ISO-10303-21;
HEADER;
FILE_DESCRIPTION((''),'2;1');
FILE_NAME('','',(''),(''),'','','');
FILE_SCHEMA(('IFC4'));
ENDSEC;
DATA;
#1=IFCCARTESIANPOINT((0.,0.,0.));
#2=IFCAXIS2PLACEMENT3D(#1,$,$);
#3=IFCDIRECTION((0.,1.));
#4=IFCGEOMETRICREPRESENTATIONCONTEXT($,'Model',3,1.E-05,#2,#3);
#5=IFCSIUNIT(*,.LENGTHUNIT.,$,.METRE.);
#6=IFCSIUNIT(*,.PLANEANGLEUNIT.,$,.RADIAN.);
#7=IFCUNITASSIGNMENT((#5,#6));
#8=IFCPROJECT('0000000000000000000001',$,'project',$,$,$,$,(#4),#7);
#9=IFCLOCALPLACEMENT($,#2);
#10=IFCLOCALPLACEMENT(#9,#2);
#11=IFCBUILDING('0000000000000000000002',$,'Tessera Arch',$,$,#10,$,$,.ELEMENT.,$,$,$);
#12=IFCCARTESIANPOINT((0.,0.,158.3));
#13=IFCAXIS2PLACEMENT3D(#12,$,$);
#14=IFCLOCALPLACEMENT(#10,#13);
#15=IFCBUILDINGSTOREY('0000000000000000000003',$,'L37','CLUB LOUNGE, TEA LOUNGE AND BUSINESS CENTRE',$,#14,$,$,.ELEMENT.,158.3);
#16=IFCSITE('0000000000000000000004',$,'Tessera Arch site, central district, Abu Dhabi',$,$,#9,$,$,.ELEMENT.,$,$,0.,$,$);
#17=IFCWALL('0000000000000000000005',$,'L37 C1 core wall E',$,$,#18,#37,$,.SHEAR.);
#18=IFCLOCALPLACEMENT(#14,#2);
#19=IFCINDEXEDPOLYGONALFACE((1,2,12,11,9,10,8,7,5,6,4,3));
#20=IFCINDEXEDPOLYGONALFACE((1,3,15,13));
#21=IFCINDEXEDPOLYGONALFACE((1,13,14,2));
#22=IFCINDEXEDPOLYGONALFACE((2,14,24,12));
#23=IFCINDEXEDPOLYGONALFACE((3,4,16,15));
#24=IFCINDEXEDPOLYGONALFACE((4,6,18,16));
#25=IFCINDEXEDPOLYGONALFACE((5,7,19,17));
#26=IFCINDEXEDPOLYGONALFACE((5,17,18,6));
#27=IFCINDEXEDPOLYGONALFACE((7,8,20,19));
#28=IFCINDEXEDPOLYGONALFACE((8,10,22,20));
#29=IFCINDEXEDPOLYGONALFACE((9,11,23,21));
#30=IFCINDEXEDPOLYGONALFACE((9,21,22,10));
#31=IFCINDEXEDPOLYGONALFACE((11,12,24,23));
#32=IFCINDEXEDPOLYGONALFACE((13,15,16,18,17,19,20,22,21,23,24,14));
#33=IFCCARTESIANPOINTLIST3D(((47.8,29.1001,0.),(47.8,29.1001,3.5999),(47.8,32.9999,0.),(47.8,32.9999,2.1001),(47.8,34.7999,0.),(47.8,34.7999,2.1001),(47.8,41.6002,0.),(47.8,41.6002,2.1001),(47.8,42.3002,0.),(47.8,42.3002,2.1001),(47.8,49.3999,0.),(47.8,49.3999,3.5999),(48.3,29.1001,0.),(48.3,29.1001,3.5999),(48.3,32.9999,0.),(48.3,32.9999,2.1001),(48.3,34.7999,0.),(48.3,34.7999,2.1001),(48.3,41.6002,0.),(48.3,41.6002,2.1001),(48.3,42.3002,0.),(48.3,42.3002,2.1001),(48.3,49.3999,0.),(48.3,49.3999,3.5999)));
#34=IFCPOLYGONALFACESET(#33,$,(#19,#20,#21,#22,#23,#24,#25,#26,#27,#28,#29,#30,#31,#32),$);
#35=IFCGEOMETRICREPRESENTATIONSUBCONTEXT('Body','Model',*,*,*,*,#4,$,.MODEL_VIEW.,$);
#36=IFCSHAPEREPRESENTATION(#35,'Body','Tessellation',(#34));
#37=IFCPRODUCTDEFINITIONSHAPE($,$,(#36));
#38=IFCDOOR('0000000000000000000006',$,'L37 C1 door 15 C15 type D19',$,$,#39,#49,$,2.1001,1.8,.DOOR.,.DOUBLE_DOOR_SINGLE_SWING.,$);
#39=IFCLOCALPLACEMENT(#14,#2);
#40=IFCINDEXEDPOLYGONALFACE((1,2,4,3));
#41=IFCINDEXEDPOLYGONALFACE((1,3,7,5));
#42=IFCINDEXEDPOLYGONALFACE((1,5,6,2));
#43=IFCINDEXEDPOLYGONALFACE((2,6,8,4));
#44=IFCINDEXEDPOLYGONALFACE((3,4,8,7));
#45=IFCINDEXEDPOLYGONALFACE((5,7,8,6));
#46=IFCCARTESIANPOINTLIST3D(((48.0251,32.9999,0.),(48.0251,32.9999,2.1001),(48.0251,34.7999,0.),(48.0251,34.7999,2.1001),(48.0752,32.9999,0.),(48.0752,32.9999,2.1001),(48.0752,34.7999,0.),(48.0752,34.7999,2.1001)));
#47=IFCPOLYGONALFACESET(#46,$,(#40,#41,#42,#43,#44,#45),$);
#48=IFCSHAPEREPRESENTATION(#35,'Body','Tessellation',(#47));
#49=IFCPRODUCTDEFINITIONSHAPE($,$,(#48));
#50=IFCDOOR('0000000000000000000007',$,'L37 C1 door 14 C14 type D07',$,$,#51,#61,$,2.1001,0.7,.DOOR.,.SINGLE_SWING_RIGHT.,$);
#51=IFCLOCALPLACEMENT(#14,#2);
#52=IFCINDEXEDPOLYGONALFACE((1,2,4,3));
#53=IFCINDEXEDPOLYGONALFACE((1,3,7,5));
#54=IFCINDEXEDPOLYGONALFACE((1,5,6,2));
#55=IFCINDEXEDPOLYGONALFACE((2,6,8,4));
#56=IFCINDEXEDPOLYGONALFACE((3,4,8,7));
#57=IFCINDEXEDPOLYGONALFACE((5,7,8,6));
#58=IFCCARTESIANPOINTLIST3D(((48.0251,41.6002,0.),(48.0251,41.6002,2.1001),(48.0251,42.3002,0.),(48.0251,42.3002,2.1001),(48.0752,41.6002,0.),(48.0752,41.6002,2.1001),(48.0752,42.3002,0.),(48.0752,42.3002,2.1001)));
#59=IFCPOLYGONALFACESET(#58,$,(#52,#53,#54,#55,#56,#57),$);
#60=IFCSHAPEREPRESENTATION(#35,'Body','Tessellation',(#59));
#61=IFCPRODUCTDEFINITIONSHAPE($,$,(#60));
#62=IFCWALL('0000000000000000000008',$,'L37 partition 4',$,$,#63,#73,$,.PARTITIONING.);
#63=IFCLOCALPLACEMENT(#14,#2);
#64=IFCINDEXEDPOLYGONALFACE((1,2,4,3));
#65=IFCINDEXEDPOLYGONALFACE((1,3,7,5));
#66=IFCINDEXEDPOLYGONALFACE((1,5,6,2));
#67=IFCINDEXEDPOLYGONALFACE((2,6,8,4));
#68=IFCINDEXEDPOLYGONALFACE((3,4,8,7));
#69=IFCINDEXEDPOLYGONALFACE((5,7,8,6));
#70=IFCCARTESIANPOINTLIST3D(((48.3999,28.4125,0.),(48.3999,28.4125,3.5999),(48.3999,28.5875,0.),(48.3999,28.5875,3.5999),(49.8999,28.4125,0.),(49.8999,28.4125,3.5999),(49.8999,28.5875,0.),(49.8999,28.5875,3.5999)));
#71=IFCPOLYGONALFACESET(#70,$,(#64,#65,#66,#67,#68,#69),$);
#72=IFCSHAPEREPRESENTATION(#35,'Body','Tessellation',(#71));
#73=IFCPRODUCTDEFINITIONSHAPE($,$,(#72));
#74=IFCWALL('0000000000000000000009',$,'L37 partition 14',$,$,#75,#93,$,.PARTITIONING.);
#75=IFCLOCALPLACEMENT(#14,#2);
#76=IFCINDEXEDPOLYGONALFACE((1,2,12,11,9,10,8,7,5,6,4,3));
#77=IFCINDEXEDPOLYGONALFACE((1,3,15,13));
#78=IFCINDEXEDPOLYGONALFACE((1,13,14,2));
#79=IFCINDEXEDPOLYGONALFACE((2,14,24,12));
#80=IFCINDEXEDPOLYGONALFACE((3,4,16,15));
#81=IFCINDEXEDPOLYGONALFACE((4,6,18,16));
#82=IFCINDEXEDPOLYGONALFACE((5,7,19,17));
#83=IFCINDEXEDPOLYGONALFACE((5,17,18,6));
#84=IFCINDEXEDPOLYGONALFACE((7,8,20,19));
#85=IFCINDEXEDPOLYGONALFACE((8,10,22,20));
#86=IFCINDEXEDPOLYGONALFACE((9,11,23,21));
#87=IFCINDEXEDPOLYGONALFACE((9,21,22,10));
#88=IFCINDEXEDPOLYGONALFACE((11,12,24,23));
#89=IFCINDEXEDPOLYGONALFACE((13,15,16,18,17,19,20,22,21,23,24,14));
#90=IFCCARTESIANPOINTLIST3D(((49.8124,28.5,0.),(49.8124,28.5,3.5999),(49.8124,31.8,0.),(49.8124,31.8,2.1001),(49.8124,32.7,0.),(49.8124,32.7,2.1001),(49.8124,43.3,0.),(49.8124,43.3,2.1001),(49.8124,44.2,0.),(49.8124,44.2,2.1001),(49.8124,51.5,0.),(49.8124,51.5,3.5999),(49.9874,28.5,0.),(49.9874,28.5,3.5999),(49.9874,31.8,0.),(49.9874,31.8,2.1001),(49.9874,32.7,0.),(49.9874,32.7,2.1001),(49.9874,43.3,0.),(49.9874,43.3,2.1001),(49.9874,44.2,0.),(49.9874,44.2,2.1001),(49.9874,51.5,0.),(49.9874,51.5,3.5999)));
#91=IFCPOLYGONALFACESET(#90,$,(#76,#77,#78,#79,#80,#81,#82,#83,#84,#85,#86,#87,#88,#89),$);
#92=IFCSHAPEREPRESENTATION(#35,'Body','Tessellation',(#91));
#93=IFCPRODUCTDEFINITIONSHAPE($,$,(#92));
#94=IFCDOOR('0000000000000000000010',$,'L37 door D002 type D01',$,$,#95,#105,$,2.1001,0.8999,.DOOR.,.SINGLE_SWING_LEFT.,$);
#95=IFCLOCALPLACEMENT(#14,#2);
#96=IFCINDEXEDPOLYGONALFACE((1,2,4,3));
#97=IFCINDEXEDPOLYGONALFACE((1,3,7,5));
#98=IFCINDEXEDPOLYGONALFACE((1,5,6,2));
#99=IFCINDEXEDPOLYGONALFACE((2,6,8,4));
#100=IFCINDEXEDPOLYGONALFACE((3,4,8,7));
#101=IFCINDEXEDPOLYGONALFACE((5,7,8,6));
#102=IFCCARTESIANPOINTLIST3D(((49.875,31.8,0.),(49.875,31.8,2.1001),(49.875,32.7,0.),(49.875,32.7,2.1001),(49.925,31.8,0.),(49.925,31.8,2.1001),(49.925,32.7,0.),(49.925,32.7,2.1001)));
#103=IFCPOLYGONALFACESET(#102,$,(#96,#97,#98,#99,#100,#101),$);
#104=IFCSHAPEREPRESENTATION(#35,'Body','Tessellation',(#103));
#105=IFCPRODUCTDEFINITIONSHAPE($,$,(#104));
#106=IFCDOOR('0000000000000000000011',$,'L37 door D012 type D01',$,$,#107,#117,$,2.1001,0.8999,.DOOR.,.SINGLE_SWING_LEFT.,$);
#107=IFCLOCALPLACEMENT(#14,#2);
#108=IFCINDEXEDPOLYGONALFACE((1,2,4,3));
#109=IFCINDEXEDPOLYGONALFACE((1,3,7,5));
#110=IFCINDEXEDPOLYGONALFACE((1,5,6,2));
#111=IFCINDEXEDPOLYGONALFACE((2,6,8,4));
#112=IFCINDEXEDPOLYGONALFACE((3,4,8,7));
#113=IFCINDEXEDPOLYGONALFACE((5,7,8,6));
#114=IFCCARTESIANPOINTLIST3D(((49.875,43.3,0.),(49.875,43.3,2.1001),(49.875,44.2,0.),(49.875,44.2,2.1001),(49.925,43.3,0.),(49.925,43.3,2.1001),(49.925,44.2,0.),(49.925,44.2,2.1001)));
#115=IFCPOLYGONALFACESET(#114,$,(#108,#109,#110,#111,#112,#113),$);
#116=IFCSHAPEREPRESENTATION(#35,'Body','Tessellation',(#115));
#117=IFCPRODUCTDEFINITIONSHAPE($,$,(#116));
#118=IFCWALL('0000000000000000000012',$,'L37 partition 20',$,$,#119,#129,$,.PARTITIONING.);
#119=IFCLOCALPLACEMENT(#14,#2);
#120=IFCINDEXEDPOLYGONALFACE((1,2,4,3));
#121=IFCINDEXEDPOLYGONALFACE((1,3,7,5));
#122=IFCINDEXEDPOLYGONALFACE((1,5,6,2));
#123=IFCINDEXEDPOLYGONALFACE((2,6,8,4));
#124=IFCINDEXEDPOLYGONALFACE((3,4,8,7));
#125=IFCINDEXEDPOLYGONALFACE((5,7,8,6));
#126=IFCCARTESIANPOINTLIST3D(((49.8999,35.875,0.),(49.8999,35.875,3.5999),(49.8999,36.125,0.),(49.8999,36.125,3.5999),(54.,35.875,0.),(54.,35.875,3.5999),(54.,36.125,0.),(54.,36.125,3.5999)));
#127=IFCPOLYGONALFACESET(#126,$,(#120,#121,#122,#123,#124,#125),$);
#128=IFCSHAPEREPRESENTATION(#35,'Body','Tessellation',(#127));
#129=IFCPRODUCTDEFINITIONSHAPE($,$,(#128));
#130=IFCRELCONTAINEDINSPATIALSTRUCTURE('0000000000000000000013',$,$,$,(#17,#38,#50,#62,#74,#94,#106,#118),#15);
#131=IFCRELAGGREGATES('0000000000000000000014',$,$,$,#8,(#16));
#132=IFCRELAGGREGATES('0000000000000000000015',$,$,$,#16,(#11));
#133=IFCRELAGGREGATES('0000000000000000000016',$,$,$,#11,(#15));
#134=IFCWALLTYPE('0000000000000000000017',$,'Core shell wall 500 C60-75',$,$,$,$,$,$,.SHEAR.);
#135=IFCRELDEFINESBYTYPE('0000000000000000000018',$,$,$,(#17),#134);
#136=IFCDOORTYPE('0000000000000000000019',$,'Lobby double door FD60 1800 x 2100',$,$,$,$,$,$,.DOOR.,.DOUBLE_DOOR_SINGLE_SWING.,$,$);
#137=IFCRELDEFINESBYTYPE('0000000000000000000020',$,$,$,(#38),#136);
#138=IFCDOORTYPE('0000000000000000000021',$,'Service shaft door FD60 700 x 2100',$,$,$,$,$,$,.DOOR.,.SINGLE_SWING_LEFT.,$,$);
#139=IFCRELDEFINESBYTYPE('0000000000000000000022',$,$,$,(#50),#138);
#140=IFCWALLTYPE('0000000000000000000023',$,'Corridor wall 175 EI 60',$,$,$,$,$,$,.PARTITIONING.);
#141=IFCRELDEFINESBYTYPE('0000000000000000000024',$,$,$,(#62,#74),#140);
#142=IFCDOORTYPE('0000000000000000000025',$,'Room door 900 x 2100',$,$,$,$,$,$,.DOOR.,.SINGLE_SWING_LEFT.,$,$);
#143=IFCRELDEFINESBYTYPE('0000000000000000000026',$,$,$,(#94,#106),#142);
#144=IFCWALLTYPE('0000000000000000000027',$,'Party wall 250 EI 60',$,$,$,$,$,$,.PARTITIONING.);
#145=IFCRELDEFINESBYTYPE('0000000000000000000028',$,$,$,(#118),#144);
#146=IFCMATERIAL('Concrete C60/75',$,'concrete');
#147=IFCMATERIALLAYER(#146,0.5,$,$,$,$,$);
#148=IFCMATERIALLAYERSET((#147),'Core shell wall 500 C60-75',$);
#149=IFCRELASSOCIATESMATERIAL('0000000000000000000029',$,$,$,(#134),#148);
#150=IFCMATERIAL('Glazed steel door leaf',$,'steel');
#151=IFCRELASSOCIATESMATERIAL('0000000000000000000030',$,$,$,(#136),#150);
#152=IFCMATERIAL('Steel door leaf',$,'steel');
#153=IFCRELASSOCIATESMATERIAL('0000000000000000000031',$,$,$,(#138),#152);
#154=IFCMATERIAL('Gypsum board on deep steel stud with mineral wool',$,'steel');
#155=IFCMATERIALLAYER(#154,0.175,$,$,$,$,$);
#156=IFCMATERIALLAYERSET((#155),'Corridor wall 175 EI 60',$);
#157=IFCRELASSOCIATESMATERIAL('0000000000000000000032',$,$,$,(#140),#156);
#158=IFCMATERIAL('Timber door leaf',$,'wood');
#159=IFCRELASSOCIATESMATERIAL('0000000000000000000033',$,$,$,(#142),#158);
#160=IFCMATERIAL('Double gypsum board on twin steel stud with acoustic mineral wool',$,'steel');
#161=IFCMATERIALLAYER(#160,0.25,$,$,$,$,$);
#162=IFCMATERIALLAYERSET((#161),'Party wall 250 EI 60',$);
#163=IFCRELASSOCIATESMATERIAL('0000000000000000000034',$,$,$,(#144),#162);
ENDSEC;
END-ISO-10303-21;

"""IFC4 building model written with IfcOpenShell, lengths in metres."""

from ifc_helpers import new_model, si_unit, direction, frame, frame_2d, origin, place, context, subcontext, project, spatial, rectangle, extrude, material, layer, layer_set, type_object, element, fill, save


model = new_model("IFC4")

# Units and contexts
model_context = context("Model", 3, precision=1e-05, world=origin(), true_north=direction((0.0, 1.0)))
body_context = subcontext(model_context, "Body", "Model", "MODEL_VIEW")
ifc_project = project(units=[si_unit("LENGTHUNIT", "METRE"), si_unit("PLANEANGLEUNIT", "RADIAN")], contexts=[model_context])

# Site, building, storey
site_placement = place(None, origin())
site = spatial("IfcSite", under=ifc_project, at=site_placement, Name="Tessera Arch site, central district, Abu Dhabi", CompositionType="ELEMENT", RefElevation=0.0)
building_placement = place(site_placement, origin())
building = spatial("IfcBuilding", under=site, at=building_placement, Name="Tessera Arch", CompositionType="ELEMENT")
storey_placement = place(building_placement, frame((0.0, 0.0, 158.3)))
storey = spatial("IfcBuildingStorey", under=building, at=storey_placement, Name="L37", Description="CLUB LOUNGE, TEA LOUNGE AND BUSINESS CENTRE", CompositionType="ELEMENT", Elevation=158.3)

# Wall, openings, doors
ifc_material_1 = material(Name="Concrete C60/75", Category="concrete")
ifc_layer_1 = layer(ifc_material_1, 0.5)
ifc_layer_set_1 = layer_set([ifc_layer_1], Name="Core shell wall 500 C60-75")
wall_type_1 = type_object("IfcWallType", Name="Core shell wall 500 C60-75", PredefinedType="SHEAR", material=ifc_layer_set_1)
wall_1_placement = place(storey_placement, frame((48.05, 29.1001, 0.0), z_axis=(0.0, 0.0, 1.0), x_axis=(0.0, 1.0, 0.0)))
wall_1 = element("IfcWall", 1, at=wall_1_placement, inside=storey, type_object=wall_type_1, Name="L37 C1 core wall E", PredefinedType="SHEAR", context=body_context, shape_type="SweptSolid", body=[
    extrude(rectangle(XDim=20.2998, YDim=0.5, at=frame_2d((10.1499, 0.0))), origin(), (0.0, 0.0, 1.0), 3.5999),
])
opening_1_placement = place(wall_1_placement, frame((12.5, 0.0, 0.0)))
opening_1 = element("IfcOpeningElement", 2, at=opening_1_placement, cuts=wall_1, PredefinedType="OPENING", context=body_context, shape_type="SweptSolid", body=[
    extrude(rectangle(XDim=0.7, YDim=2.1001, at=frame_2d((0.3501, 1.05))), frame((0.0, 0.26, 0.0), z_axis=(0.0, -1.0, 0.0), x_axis=(1.0, 0.0, 0.0)), (0.0, 0.0, 1.0), 0.52),
])
opening_2_placement = place(wall_1_placement, frame((3.8999, 0.0, 0.0)))
opening_2 = element("IfcOpeningElement", 3, at=opening_2_placement, cuts=wall_1, PredefinedType="OPENING", context=body_context, shape_type="SweptSolid", body=[
    extrude(rectangle(XDim=1.8, YDim=2.1001, at=frame_2d((0.8999, 1.05))), frame((0.0, 0.26, 0.0), z_axis=(0.0, -1.0, 0.0), x_axis=(1.0, 0.0, 0.0)), (0.0, 0.0, 1.0), 0.52),
])
ifc_material_2 = material(Name="Glazed steel door leaf", Category="steel")
door_type_1 = type_object("IfcDoorType", Name="Lobby double door FD60 1800 x 2100", OperationType="DOUBLE_DOOR_SINGLE_SWING", PredefinedType="DOOR", material=ifc_material_2)
door_1_placement = place(opening_2_placement, origin())
door_1 = element("IfcDoor", 4, at=door_1_placement, inside=storey, type_object=door_type_1, Name="L37 C1 door 15 C15 type D19", OperationType="DOUBLE_DOOR_SINGLE_SWING", OverallHeight=2.1001, OverallWidth=1.8, PredefinedType="DOOR", context=body_context, shape_type="SweptSolid", body=[
    extrude(rectangle(XDim=1.8, YDim=2.1001, at=frame_2d((0.8999, 1.05))), frame((0.0, 0.0249, 0.0), z_axis=(0.0, -1.0, 0.0), x_axis=(1.0, 0.0, 0.0)), (0.0, 0.0, 1.0), 0.05),
])
fill(opening_2, door_1)
ifc_material_3 = material(Name="Steel door leaf", Category="steel")
door_type_2 = type_object("IfcDoorType", Name="Service shaft door FD60 700 x 2100", OperationType="SINGLE_SWING_LEFT", PredefinedType="DOOR", material=ifc_material_3)
door_2_placement = place(opening_1_placement, origin())
door_2 = element("IfcDoor", 5, at=door_2_placement, inside=storey, type_object=door_type_2, Name="L37 C1 door 14 C14 type D07", OperationType="SINGLE_SWING_RIGHT", OverallHeight=2.1001, OverallWidth=0.7, PredefinedType="DOOR", context=body_context, shape_type="SweptSolid", body=[
    extrude(rectangle(XDim=0.7, YDim=2.1001, at=frame_2d((0.3501, 1.05))), frame((0.0, 0.0249, 0.0), z_axis=(0.0, -1.0, 0.0), x_axis=(1.0, 0.0, 0.0)), (0.0, 0.0, 1.0), 0.05),
])
fill(opening_1, door_2)

# Wall
ifc_material_4 = material(Name="Gypsum board on deep steel stud with mineral wool", Category="steel")
ifc_layer_2 = layer(ifc_material_4, 0.175)
ifc_layer_set_2 = layer_set([ifc_layer_2], Name="Corridor wall 175 EI 60")
wall_type_2 = type_object("IfcWallType", Name="Corridor wall 175 EI 60", PredefinedType="PARTITIONING", material=ifc_layer_set_2)
wall_2_placement = place(storey_placement, frame((48.3999, 28.5, 0.0), z_axis=(0.0, 0.0, 1.0), x_axis=(1.0, 0.0, 0.0)))
element("IfcWall", 6, at=wall_2_placement, inside=storey, type_object=wall_type_2, Name="L37 partition 4", PredefinedType="PARTITIONING", context=body_context, shape_type="SweptSolid", body=[
    extrude(rectangle(XDim=1.5, YDim=0.175, at=frame_2d((0.75, 0.0))), origin(), (0.0, 0.0, 1.0), 3.5999),
])

# Wall, openings, doors
wall_3_placement = place(storey_placement, frame((49.8999, 28.5, 0.0), z_axis=(0.0, 0.0, 1.0), x_axis=(0.0, 1.0, 0.0)))
wall_3 = element("IfcWall", 7, at=wall_3_placement, inside=storey, type_object=wall_type_2, Name="L37 partition 14", PredefinedType="PARTITIONING", context=body_context, shape_type="SweptSolid", body=[
    extrude(rectangle(XDim=23.0, YDim=0.175, at=frame_2d((11.5, 0.0))), origin(), (0.0, 0.0, 1.0), 3.5999),
])
opening_3_placement = place(wall_3_placement, frame((3.3, 0.0, 0.0)))
opening_3 = element("IfcOpeningElement", 8, at=opening_3_placement, cuts=wall_3, PredefinedType="OPENING", context=body_context, shape_type="SweptSolid", body=[
    extrude(rectangle(XDim=0.8999, YDim=2.1001, at=frame_2d((0.45, 1.05))), frame((0.0, 0.0974, 0.0), z_axis=(0.0, -1.0, 0.0), x_axis=(1.0, 0.0, 0.0)), (0.0, 0.0, 1.0), 0.1951),
])
opening_4_placement = place(wall_3_placement, frame((14.8, 0.0, 0.0)))
opening_4 = element("IfcOpeningElement", 9, at=opening_4_placement, cuts=wall_3, PredefinedType="OPENING", context=body_context, shape_type="SweptSolid", body=[
    extrude(rectangle(XDim=0.8999, YDim=2.1001, at=frame_2d((0.45, 1.05))), frame((0.0, 0.0974, 0.0), z_axis=(0.0, -1.0, 0.0), x_axis=(1.0, 0.0, 0.0)), (0.0, 0.0, 1.0), 0.1951),
])
ifc_material_5 = material(Name="Timber door leaf", Category="wood")
door_type_3 = type_object("IfcDoorType", Name="Room door 900 x 2100", OperationType="SINGLE_SWING_LEFT", PredefinedType="DOOR", material=ifc_material_5)
door_3_placement = place(opening_3_placement, origin())
door_3 = element("IfcDoor", 10, at=door_3_placement, inside=storey, type_object=door_type_3, Name="L37 door D002 type D01", OperationType="SINGLE_SWING_LEFT", OverallHeight=2.1001, OverallWidth=0.8999, PredefinedType="DOOR", context=body_context, shape_type="SweptSolid", body=[
    extrude(rectangle(XDim=0.8999, YDim=2.1001, at=frame_2d((0.45, 1.05))), frame((0.0, 0.0249, 0.0), z_axis=(0.0, -1.0, 0.0), x_axis=(1.0, 0.0, 0.0)), (0.0, 0.0, 1.0), 0.05),
])
fill(opening_3, door_3)
door_4_placement = place(opening_4_placement, origin())
door_4 = element("IfcDoor", 11, at=door_4_placement, inside=storey, type_object=door_type_3, Name="L37 door D012 type D01", OperationType="SINGLE_SWING_LEFT", OverallHeight=2.1001, OverallWidth=0.8999, PredefinedType="DOOR", context=body_context, shape_type="SweptSolid", body=[
    extrude(rectangle(XDim=0.8999, YDim=2.1001, at=frame_2d((0.45, 1.05))), frame((0.0, 0.0249, 0.0), z_axis=(0.0, -1.0, 0.0), x_axis=(1.0, 0.0, 0.0)), (0.0, 0.0, 1.0), 0.05),
])
fill(opening_4, door_4)

# Wall
ifc_material_6 = material(Name="Double gypsum board on twin steel stud with acoustic mineral wool", Category="steel")
ifc_layer_3 = layer(ifc_material_6, 0.25)
ifc_layer_set_3 = layer_set([ifc_layer_3], Name="Party wall 250 EI 60")
wall_type_3 = type_object("IfcWallType", Name="Party wall 250 EI 60", PredefinedType="PARTITIONING", material=ifc_layer_set_3)
wall_4_placement = place(storey_placement, frame((49.8999, 36.0, 0.0), z_axis=(0.0, 0.0, 1.0), x_axis=(1.0, 0.0, 0.0)))
element("IfcWall", 12, at=wall_4_placement, inside=storey, type_object=wall_type_3, Name="L37 partition 20", PredefinedType="PARTITIONING", context=body_context, shape_type="SweptSolid", body=[
    extrude(rectangle(XDim=4.1001, YDim=0.25, at=frame_2d((2.05, 0.0))), origin(), (0.0, 0.0, 1.0), 3.5999),
])

save(model, "model.ifc")
